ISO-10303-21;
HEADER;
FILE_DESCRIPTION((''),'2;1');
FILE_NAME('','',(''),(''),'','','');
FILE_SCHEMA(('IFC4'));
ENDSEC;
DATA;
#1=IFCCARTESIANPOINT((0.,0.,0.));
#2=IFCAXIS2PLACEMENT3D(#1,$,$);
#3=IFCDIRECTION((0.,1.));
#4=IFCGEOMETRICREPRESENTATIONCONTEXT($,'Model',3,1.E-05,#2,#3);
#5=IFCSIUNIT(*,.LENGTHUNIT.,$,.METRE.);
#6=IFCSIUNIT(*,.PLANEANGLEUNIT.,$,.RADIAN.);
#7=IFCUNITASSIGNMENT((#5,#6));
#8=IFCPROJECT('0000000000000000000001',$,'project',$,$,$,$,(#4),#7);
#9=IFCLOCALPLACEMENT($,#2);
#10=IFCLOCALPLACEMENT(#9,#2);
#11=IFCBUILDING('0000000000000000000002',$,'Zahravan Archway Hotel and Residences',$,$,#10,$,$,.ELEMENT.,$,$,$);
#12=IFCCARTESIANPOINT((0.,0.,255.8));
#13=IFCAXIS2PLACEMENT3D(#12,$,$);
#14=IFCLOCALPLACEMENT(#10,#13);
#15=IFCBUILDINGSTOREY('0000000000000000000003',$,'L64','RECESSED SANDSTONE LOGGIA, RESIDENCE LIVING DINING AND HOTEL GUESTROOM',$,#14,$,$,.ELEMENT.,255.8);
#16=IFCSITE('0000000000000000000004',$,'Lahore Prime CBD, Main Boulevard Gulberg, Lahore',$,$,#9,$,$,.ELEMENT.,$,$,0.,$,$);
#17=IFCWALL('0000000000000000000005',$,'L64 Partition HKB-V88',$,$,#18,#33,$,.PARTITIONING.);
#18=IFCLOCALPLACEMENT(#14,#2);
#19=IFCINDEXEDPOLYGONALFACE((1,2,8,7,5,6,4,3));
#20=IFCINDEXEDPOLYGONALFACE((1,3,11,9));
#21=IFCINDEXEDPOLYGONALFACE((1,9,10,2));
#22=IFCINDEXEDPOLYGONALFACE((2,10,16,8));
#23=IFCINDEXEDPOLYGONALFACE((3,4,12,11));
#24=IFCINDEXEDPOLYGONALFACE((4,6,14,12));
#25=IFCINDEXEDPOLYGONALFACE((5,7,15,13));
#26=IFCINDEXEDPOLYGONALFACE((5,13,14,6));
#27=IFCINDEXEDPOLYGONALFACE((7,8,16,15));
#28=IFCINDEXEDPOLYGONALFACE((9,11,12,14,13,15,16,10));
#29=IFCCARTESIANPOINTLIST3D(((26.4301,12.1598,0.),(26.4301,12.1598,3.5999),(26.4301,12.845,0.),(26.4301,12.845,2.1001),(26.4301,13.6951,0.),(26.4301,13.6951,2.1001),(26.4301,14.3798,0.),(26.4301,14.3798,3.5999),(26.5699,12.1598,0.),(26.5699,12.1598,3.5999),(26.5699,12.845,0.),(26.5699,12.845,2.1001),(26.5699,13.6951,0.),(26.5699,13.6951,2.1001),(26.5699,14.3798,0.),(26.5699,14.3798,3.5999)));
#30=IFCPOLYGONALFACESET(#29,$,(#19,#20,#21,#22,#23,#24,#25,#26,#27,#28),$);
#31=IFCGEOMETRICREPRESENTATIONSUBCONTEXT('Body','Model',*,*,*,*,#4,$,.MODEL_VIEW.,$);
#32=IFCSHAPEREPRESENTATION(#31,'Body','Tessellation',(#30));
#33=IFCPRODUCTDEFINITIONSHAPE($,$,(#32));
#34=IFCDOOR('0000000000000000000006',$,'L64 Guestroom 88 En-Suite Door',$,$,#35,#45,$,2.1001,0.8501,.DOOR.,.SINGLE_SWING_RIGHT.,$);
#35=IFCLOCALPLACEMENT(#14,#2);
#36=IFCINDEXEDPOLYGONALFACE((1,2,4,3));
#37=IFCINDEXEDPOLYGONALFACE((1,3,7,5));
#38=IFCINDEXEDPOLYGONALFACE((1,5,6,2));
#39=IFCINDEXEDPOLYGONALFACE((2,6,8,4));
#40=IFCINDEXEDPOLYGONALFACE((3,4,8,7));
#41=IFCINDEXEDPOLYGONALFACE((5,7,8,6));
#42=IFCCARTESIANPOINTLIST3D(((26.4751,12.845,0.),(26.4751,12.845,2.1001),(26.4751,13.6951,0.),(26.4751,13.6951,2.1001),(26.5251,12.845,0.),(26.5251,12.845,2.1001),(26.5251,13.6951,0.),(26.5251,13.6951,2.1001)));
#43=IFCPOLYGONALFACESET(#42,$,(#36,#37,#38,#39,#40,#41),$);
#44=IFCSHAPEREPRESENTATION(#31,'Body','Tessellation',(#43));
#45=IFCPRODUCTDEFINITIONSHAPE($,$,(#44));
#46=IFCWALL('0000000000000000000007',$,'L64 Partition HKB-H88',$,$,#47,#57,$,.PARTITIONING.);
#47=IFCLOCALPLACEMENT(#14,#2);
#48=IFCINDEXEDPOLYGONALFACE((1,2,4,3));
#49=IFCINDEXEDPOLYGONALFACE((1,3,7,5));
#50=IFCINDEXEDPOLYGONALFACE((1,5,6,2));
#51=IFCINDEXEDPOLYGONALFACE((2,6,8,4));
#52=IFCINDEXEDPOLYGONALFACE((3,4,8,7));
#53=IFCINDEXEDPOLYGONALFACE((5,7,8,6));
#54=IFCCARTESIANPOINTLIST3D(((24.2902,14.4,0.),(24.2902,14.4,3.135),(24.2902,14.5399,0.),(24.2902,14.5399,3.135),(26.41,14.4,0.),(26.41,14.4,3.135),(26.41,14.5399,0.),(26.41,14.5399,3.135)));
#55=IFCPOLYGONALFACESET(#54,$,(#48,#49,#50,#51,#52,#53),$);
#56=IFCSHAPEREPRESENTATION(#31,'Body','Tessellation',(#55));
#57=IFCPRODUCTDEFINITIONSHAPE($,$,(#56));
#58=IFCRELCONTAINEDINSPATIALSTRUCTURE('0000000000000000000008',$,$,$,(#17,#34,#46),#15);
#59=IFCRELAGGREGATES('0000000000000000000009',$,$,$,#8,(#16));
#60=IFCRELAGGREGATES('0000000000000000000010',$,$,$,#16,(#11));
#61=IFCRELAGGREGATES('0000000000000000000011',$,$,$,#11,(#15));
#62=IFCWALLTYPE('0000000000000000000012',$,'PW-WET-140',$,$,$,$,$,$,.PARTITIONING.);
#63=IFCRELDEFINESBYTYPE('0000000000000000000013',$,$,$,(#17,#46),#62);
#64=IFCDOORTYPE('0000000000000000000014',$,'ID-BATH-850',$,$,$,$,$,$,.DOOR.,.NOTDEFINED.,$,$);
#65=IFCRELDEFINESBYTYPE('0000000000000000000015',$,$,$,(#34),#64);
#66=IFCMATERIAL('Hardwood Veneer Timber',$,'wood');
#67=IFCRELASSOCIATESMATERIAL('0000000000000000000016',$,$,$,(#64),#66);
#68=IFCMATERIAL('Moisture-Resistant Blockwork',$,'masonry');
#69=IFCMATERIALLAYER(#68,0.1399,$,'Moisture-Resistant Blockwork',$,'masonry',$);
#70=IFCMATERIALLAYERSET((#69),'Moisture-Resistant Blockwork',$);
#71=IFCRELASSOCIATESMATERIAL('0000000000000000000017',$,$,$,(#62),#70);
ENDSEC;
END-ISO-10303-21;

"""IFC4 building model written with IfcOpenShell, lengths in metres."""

from ifc_helpers import new_model, si_unit, direction, frame, frame_2d, origin, place, context, subcontext, project, spatial, rectangle, extrude, source, transform, mapped, material, layer, layer_set, type_object, type_shapes, element, fill, save


model = new_model("IFC4")

# Units and contexts
model_context = context("Model", 3, precision=1e-05, world=origin(), true_north=direction((0.0, 1.0)))
body_context = subcontext(model_context, "Body", "Model", "MODEL_VIEW")
ifc_project = project(units=[si_unit("LENGTHUNIT", "METRE"), si_unit("PLANEANGLEUNIT", "RADIAN")], contexts=[model_context])

# Site, building, storey
site_placement = place(None, origin())
site = spatial("IfcSite", under=ifc_project, at=site_placement, Name="Lahore Prime CBD, Main Boulevard Gulberg, Lahore", CompositionType="ELEMENT", RefElevation=0.0)
building_placement = place(site_placement, origin())
building = spatial("IfcBuilding", under=site, at=building_placement, Name="Zahravan Archway Hotel and Residences", CompositionType="ELEMENT")
storey_placement = place(building_placement, frame((0.0, 0.0, 255.8)))
storey = spatial("IfcBuildingStorey", under=building, at=storey_placement, Name="L64", Description="RECESSED SANDSTONE LOGGIA, RESIDENCE LIVING DINING AND HOTEL GUESTROOM", CompositionType="ELEMENT", Elevation=255.8)

# Shared definitions
ifc_material_1 = material(Name="Hardwood Veneer Timber", Category="wood")
door_type_1 = type_object("IfcDoorType", Name="ID-BATH-850", OperationType="NOTDEFINED", PredefinedType="DOOR", material=ifc_material_1)
shared_shape_1 = source(origin(), body_context, "Body", "SweptSolid", [
    extrude(rectangle(XDim=0.8501, YDim=2.1001, at=frame_2d((0.425, 1.05))), frame((0.0, 0.0249, 0.0), z_axis=(0.0, -1.0, 0.0), x_axis=(1.0, 0.0, 0.0)), (0.0, 0.0, 1.0), 0.05),
])
type_shapes(door_type_1, [shared_shape_1])

# Shared definitions
ifc_material_2 = material(Name="Moisture-Resistant Blockwork", Category="masonry")
ifc_layer_1 = layer(ifc_material_2, 0.1399, Name="Moisture-Resistant Blockwork", Category="masonry")
ifc_layer_set_1 = layer_set([ifc_layer_1], Name="Moisture-Resistant Blockwork")
wall_type_1 = type_object("IfcWallType", Name="PW-WET-140", PredefinedType="PARTITIONING", material=ifc_layer_set_1)

# Wall, opening, door
wall_1_placement = place(storey_placement, frame((26.5, 12.1599, 0.0), z_axis=(0.0, 0.0, 1.0), x_axis=(0.0, 1.0, 0.0)))
wall_1 = element("IfcWall", 1, at=wall_1_placement, inside=storey, type_object=wall_type_1, Name="L64 Partition HKB-V88", PredefinedType="PARTITIONING", context=body_context, shape_type="SweptSolid", body=[
    extrude(rectangle(XDim=2.22, YDim=0.1399, at=frame_2d((1.1099, 0.0))), origin(), (0.0, 0.0, 1.0), 3.5999),
])
opening_1_placement = place(wall_1_placement, frame((0.6851, 0.0, 0.0)))
opening_1 = element("IfcOpeningElement", 2, at=opening_1_placement, cuts=wall_1, PredefinedType="OPENING", context=body_context, shape_type="SweptSolid", body=[
    extrude(rectangle(XDim=0.8501, YDim=2.1001, at=frame_2d((0.425, 1.05))), frame((0.0, 0.0801, 0.0), z_axis=(0.0, -1.0, 0.0), x_axis=(1.0, 0.0, 0.0)), (0.0, 0.0, 1.0), 0.1599),
])
door_1_placement = place(opening_1_placement, origin())
door_1 = element("IfcDoor", 3, at=door_1_placement, inside=storey, type_object=door_type_1, Name="L64 Guestroom 88 En-Suite Door", OperationType="SINGLE_SWING_RIGHT", OverallHeight=2.1001, OverallWidth=0.8501, PredefinedType="DOOR", context=body_context, shape_type="MappedRepresentation", body=[
    mapped(shared_shape_1, transform((0.0, 0.0, 0.0), scale=1.0)),
])
fill(opening_1, door_1)

# Wall
wall_2_placement = place(storey_placement, frame((24.29, 14.47, 0.0), z_axis=(0.0, 0.0, 1.0), x_axis=(1.0, 0.0, 0.0)))
element("IfcWall", 4, at=wall_2_placement, inside=storey, type_object=wall_type_1, Name="L64 Partition HKB-H88", PredefinedType="PARTITIONING", context=body_context, shape_type="SweptSolid", body=[
    extrude(rectangle(XDim=2.1199, YDim=0.1399, at=frame_2d((1.0601, 0.0))), origin(), (0.0, 0.0, 1.0), 3.135),
])

save(model, "model.ifc")
